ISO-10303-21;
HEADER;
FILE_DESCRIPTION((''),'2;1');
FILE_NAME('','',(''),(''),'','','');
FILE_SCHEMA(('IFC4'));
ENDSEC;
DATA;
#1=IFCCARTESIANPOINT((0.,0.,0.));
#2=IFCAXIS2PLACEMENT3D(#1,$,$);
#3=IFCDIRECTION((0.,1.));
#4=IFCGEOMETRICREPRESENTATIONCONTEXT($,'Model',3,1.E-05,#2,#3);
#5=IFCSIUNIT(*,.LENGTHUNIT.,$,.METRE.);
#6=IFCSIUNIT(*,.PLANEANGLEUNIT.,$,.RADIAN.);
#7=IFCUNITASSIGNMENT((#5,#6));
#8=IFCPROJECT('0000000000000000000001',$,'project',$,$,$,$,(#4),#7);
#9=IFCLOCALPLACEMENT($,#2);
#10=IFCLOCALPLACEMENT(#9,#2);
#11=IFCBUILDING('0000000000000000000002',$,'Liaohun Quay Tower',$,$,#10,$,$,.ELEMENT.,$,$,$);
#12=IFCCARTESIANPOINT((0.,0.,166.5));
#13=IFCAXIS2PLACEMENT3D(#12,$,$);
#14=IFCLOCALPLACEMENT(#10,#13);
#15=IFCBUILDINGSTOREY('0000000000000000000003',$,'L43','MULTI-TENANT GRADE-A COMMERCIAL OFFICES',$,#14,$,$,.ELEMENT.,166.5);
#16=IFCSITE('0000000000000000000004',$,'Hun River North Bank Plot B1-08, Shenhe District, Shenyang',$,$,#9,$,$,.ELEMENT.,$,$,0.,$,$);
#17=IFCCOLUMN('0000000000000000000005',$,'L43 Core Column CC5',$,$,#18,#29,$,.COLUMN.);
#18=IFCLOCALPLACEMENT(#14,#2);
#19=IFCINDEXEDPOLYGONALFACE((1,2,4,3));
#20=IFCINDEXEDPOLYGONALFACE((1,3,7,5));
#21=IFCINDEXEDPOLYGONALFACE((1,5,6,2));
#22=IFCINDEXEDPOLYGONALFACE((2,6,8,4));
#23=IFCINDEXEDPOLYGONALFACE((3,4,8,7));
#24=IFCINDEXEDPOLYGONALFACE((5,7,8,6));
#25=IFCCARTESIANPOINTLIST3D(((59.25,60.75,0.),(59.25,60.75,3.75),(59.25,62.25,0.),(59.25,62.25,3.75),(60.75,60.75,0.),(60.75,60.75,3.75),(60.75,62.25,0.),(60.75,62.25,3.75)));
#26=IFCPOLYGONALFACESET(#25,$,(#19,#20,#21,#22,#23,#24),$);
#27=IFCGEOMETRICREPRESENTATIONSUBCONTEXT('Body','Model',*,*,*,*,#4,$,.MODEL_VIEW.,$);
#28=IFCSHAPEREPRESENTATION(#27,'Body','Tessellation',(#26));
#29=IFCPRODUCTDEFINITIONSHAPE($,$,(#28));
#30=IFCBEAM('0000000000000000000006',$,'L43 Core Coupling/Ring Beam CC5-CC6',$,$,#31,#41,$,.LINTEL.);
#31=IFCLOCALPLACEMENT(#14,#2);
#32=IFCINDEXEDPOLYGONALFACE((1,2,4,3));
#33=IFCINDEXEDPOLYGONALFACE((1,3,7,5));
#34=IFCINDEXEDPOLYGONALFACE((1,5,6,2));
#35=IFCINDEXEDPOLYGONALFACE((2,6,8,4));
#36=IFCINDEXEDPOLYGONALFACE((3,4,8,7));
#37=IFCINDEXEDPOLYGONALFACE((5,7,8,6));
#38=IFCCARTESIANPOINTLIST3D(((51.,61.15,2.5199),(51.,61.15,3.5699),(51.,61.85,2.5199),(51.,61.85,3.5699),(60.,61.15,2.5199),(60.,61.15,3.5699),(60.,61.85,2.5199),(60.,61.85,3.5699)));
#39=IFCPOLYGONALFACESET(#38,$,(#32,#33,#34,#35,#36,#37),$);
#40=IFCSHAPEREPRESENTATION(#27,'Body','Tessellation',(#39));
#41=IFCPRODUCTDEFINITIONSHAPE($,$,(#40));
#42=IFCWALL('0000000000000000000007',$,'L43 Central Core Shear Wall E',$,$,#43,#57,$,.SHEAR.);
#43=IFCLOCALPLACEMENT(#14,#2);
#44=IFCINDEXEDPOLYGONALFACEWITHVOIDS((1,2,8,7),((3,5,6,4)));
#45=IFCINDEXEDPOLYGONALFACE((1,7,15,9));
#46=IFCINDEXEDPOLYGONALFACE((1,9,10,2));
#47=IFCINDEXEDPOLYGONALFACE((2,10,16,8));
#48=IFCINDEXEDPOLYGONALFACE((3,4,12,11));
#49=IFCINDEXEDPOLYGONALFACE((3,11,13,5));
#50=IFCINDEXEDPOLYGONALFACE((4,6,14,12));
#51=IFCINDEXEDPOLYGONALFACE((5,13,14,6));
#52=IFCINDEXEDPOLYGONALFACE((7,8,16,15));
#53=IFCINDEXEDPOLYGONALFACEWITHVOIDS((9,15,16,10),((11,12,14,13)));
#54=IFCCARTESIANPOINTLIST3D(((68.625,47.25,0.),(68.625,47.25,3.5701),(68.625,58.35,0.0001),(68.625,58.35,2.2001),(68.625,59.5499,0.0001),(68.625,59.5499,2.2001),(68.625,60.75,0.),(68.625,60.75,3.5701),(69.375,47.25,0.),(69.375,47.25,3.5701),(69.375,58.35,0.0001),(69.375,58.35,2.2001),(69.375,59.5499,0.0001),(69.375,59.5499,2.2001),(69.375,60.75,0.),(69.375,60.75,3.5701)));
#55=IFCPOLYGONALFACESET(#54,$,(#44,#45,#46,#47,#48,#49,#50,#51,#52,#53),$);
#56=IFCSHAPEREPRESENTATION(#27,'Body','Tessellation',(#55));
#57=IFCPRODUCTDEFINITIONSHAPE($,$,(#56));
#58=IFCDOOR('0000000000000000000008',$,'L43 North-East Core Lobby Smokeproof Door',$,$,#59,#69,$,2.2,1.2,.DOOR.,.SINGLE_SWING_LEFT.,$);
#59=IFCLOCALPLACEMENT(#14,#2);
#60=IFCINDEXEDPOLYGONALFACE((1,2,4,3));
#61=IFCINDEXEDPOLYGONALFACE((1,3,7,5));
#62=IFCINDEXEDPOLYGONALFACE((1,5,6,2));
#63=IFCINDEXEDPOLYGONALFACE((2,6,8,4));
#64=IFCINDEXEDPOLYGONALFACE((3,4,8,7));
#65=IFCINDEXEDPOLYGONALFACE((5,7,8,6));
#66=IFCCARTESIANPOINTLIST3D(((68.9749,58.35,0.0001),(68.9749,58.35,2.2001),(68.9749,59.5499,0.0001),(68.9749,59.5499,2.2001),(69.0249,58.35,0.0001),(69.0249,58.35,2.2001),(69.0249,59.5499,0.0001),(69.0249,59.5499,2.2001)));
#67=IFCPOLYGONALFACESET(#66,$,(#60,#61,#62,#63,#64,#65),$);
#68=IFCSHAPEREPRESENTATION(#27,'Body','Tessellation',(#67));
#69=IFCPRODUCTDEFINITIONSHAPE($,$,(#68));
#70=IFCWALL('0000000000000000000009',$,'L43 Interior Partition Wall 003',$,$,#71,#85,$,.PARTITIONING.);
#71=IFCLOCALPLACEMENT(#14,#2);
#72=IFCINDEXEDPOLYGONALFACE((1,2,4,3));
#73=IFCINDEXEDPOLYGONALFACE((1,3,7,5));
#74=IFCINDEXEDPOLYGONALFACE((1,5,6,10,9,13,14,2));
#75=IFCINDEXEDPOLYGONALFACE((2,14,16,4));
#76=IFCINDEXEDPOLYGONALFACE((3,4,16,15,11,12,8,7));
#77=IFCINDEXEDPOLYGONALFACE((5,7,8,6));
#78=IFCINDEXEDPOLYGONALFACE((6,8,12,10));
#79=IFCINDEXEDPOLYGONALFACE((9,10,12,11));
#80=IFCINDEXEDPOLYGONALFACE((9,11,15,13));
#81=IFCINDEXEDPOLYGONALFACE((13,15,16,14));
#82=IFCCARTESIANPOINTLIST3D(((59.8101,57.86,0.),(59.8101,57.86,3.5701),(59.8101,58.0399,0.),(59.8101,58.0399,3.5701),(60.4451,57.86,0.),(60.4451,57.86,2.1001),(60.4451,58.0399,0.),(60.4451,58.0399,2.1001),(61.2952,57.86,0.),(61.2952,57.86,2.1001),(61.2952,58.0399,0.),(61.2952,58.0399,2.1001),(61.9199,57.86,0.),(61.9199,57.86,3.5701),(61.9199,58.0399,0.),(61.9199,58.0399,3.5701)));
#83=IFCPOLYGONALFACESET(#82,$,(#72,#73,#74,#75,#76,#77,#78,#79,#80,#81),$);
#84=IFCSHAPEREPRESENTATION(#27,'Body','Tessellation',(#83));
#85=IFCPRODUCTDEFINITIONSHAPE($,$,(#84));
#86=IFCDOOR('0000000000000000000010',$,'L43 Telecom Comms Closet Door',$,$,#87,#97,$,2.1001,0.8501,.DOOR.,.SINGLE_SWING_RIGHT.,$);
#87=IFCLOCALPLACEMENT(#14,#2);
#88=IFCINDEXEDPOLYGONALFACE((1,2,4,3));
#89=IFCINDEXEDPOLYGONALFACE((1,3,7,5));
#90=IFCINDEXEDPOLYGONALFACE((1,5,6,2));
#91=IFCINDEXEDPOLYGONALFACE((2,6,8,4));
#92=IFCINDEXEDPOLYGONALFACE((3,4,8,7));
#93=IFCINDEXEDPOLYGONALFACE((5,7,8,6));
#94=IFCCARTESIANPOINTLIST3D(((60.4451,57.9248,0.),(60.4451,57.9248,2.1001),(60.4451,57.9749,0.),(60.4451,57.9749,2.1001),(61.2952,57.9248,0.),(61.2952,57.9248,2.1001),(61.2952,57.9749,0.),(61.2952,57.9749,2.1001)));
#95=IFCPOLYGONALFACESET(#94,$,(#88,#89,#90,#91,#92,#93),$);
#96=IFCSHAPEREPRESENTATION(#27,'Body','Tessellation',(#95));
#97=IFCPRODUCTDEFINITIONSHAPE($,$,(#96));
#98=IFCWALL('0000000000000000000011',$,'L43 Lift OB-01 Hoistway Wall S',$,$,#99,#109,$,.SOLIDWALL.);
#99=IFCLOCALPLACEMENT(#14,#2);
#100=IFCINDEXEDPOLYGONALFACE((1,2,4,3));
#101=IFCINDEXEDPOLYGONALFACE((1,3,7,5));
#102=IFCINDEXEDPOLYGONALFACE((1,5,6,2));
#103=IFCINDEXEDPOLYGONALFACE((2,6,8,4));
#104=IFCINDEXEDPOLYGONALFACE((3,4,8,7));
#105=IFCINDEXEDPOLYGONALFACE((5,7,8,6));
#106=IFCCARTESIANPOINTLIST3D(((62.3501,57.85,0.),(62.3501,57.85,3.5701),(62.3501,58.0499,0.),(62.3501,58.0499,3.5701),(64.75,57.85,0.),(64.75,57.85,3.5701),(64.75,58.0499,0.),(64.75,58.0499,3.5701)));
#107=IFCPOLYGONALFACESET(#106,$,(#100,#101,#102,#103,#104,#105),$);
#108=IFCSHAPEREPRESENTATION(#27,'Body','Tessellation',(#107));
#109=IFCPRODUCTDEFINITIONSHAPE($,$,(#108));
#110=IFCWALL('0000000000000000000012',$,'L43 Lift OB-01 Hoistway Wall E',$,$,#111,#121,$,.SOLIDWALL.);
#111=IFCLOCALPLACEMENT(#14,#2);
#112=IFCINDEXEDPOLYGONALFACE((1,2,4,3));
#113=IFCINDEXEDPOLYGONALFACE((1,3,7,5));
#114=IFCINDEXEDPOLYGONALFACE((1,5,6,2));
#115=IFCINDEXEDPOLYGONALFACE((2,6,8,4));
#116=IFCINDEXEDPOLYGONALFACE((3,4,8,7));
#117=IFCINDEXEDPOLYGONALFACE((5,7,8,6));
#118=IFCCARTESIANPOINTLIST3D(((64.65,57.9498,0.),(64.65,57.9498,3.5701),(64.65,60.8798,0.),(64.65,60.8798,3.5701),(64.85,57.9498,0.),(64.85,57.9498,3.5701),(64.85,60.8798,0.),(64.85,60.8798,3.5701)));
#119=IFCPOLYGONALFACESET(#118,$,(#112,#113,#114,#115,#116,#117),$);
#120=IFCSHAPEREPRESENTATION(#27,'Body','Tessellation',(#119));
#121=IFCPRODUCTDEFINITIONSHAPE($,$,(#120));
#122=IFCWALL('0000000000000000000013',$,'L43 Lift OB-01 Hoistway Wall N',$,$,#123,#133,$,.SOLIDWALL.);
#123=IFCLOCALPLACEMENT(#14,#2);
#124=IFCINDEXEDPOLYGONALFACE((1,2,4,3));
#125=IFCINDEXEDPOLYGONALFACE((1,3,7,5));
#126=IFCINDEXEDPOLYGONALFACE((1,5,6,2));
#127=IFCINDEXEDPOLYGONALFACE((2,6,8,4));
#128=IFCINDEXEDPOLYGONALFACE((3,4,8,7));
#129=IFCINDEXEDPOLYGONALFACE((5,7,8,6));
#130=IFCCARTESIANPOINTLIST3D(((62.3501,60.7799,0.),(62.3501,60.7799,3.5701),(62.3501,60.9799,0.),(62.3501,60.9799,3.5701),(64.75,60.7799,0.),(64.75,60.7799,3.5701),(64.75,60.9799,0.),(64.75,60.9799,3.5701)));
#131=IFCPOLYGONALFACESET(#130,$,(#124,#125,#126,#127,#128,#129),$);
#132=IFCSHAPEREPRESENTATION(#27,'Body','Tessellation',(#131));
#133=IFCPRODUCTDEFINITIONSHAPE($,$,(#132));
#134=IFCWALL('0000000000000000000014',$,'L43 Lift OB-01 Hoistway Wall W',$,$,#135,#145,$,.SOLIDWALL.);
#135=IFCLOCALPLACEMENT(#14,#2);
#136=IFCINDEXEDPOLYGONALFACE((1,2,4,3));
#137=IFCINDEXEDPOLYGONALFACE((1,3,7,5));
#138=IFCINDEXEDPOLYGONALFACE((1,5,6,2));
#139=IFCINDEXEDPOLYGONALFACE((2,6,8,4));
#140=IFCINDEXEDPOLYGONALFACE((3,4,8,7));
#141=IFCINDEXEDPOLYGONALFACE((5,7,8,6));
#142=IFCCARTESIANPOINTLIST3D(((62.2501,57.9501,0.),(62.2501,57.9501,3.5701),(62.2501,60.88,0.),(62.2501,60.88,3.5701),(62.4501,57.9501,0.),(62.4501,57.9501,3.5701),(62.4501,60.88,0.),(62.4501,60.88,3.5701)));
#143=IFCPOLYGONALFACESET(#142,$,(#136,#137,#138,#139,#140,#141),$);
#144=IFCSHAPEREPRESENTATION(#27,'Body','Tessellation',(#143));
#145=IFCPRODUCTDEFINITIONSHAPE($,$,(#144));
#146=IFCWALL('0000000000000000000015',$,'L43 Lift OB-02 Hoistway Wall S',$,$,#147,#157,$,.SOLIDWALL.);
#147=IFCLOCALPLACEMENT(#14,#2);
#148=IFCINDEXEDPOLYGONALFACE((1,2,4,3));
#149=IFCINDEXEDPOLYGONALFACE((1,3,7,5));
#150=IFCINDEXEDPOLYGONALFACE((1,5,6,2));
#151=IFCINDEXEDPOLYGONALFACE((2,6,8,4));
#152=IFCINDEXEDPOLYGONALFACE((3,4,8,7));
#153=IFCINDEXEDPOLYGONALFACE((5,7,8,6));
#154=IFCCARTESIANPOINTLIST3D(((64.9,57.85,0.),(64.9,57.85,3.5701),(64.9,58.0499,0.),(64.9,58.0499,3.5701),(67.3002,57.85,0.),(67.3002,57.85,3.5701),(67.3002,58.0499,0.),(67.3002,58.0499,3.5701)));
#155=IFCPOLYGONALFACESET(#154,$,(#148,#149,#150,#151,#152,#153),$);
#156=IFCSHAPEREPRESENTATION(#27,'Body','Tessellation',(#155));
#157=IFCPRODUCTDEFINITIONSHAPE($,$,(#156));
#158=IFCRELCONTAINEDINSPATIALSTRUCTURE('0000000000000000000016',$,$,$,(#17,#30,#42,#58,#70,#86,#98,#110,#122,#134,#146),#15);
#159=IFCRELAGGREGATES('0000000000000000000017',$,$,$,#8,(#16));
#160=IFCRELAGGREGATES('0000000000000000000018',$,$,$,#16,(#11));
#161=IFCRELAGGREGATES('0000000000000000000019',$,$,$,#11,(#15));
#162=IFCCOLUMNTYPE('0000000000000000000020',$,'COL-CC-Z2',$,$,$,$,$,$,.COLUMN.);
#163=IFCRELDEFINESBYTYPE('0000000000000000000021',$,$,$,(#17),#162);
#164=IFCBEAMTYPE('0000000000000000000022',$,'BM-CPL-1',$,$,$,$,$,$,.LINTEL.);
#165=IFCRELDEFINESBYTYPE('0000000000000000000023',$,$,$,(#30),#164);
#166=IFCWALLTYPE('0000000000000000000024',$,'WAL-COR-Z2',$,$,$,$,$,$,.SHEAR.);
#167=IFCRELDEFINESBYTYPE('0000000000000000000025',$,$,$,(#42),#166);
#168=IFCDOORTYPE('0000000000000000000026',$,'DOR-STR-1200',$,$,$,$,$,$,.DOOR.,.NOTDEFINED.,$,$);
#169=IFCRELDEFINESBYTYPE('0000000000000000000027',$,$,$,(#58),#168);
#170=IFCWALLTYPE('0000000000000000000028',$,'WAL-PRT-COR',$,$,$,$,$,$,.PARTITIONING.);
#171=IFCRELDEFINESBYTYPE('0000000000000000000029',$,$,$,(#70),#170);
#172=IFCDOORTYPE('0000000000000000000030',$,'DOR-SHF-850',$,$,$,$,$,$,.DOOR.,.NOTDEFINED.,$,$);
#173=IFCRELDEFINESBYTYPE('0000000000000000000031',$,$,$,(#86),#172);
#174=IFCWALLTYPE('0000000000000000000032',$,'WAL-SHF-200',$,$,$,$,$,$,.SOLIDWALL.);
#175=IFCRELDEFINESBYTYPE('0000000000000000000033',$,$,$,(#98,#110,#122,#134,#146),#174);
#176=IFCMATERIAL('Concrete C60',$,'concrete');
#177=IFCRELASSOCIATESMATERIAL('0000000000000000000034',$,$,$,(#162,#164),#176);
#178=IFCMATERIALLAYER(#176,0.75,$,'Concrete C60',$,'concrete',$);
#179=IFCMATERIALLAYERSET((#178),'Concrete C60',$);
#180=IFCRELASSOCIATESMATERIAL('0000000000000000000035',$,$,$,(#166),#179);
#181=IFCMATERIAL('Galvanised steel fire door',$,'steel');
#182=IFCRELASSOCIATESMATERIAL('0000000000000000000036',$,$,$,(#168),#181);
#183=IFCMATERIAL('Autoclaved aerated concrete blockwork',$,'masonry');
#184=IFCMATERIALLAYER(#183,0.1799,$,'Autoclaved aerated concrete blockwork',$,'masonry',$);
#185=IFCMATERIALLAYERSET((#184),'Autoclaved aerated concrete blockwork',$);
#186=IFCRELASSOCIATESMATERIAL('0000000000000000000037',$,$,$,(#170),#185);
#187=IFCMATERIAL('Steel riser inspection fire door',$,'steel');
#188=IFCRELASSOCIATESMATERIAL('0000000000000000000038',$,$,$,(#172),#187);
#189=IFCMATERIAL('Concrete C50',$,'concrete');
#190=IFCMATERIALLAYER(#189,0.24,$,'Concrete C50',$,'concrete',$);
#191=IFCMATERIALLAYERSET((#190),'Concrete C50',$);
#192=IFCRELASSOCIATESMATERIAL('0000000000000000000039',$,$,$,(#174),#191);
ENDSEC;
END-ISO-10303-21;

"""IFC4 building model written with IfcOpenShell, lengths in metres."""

from ifc_helpers import new_model, si_unit, direction, frame, frame_2d, origin, origin_2d, place, context, subcontext, project, spatial, rectangle, extrude, source, transform, mapped, material, layer, layer_set, material_profile, profile_set, type_object, element, fill, save


model = new_model("IFC4")

# Units and contexts
model_context = context("Model", 3, precision=1e-05, world=origin(), true_north=direction((0.0, 1.0)))
body_context = subcontext(model_context, "Body", "Model", "MODEL_VIEW")
ifc_project = project(units=[si_unit("LENGTHUNIT", "METRE"), si_unit("PLANEANGLEUNIT", "RADIAN")], contexts=[model_context])

# Site, building, storey
site_placement = place(None, origin())
site = spatial("IfcSite", under=ifc_project, at=site_placement, Name="Hun River North Bank Plot B1-08, Shenhe District, Shenyang", CompositionType="ELEMENT", RefElevation=0.0)
building_placement = place(site_placement, origin())
building = spatial("IfcBuilding", under=site, at=building_placement, Name="Liaohun Quay Tower", CompositionType="ELEMENT")
storey_placement = place(building_placement, frame((0.0, 0.0, 166.5)))
storey = spatial("IfcBuildingStorey", under=building, at=storey_placement, Name="L43", Description="MULTI-TENANT GRADE-A COMMERCIAL OFFICES", CompositionType="ELEMENT", Elevation=166.5)

# Column
ifc_material_1 = material(Name="Concrete C60", Category="concrete")
ifc_material_profile_1 = material_profile(ifc_material_1, rectangle(XDim=1.5, YDim=1.5, at=origin_2d()), Name="RC1500x1500")
ifc_profile_set_1 = profile_set([ifc_material_profile_1], Name="Concrete C60")
column_type = type_object("IfcColumnType", Name="COL-CC-Z2", PredefinedType="COLUMN", material=ifc_profile_set_1)
shared_shape_1 = source(origin(), body_context, "Body", "SweptSolid", [
    extrude(rectangle(XDim=1.5, YDim=1.5, at=origin_2d()), origin(), (0.0, 0.0, 1.0), 3.75),
])
column_placement = place(storey_placement, frame((60.0, 61.5, 0.0), z_axis=(0.0, 0.0, 1.0), x_axis=(1.0, 0.0, 0.0)))
element("IfcColumn", 1, at=column_placement, inside=storey, type_object=column_type, Name="L43 Core Column CC5", PredefinedType="COLUMN", context=body_context, shape_type="MappedRepresentation", body=[
    mapped(shared_shape_1, transform((0.0, 0.0, 0.0), x_axis=(1.0, 0.0, 0.0), y_axis=(0.0, 1.0, 0.0), z_axis=(0.0, 0.0, 1.0), scale=1.0)),
])

# Beam
ifc_material_profile_2 = material_profile(ifc_material_1, rectangle(XDim=0.7, YDim=1.05, at=origin_2d()), Name="RC700x1050")
ifc_profile_set_2 = profile_set([ifc_material_profile_2], Name="Concrete C60")
beam_type = type_object("IfcBeamType", Name="BM-CPL-1", PredefinedType="LINTEL", material=ifc_profile_set_2)
shared_shape_2 = source(origin(), body_context, "Body", "SweptSolid", [
    extrude(rectangle(XDim=0.7, YDim=1.05, at=origin_2d()), origin(), (0.0, 0.0, 1.0), 9.0),
])
beam_placement = place(storey_placement, frame((60.0, 61.5, 3.0449), z_axis=(-1.0, 0.0, 0.0), x_axis=(0.0, -1.0, 0.0)))
element("IfcBeam", 2, at=beam_placement, inside=storey, type_object=beam_type, Name="L43 Core Coupling/Ring Beam CC5-CC6", PredefinedType="LINTEL", context=body_context, shape_type="MappedRepresentation", body=[
    mapped(shared_shape_2, transform((0.0, 0.0, 0.0), x_axis=(1.0, 0.0, 0.0), y_axis=(0.0, 1.0, 0.0), z_axis=(0.0, 0.0, 1.0), scale=1.0)),
])

# Walls, openings, doors
ifc_layer_1 = layer(ifc_material_1, 0.75, Name="Concrete C60", Category="concrete")
ifc_layer_set_1 = layer_set([ifc_layer_1], Name="Concrete C60")
wall_type_1 = type_object("IfcWallType", Name="WAL-COR-Z2", PredefinedType="SHEAR", material=ifc_layer_set_1)
wall_1_placement = place(storey_placement, frame((69.0, 60.75, 0.0), z_axis=(0.0, 0.0, 1.0), x_axis=(0.0, -1.0, 0.0)))
wall_1 = element("IfcWall", 3, at=wall_1_placement, inside=storey, type_object=wall_type_1, Name="L43 Central Core Shear Wall E", PredefinedType="SHEAR", context=body_context, shape_type="SweptSolid", body=[
    extrude(rectangle(XDim=13.5, YDim=0.75, at=frame_2d((6.75, 0.0))), origin(), (0.0, 0.0, 1.0), 3.5701),
])
shared_shape_3 = source(origin(), body_context, "Body", "SweptSolid", [
    extrude(rectangle(XDim=1.2, YDim=2.2, at=frame_2d((0.6001, 1.1001))), frame((0.0, 0.385, 0.0), z_axis=(0.0, -1.0, 0.0), x_axis=(1.0, 0.0, 0.0)), (0.0, 0.0, 1.0), 0.77),
])
opening_1_placement = place(wall_1_placement, frame((1.2, 0.0, 0.0)))
opening_1 = element("IfcOpeningElement", 4, at=opening_1_placement, cuts=wall_1, PredefinedType="OPENING", context=body_context, shape_type="MappedRepresentation", body=[
    mapped(shared_shape_3, transform((0.0, 0.0, 0.0), x_axis=(1.0, 0.0, 0.0), y_axis=(0.0, 1.0, 0.0), z_axis=(0.0, 0.0, 1.0), scale=1.0)),
])
ifc_material_2 = material(Name="Galvanised steel fire door", Category="steel")
door_type_1 = type_object("IfcDoorType", Name="DOR-STR-1200", OperationType="NOTDEFINED", PredefinedType="DOOR", material=ifc_material_2)
shared_shape_4 = source(origin(), body_context, "Body", "SweptSolid", [
    extrude(rectangle(XDim=1.2, YDim=2.2, at=frame_2d((0.6001, 1.1001))), frame((0.0, 0.0249, 0.0), z_axis=(0.0, -1.0, 0.0), x_axis=(1.0, 0.0, 0.0)), (0.0, 0.0, 1.0), 0.05),
])
door_1_placement = place(opening_1_placement, origin())
door_1 = element("IfcDoor", 5, at=door_1_placement, inside=storey, type_object=door_type_1, Name="L43 North-East Core Lobby Smokeproof Door", OperationType="SINGLE_SWING_LEFT", OverallHeight=2.2, OverallWidth=1.2, PredefinedType="DOOR", context=body_context, shape_type="MappedRepresentation", body=[
    mapped(shared_shape_4, transform((0.0, 0.0, 0.0), x_axis=(1.0, 0.0, 0.0), y_axis=(0.0, 1.0, 0.0), z_axis=(0.0, 0.0, 1.0), scale=1.0)),
])
fill(opening_1, door_1)
ifc_material_3 = material(Name="Autoclaved aerated concrete blockwork", Category="masonry")
ifc_layer_2 = layer(ifc_material_3, 0.1799, Name="Autoclaved aerated concrete blockwork", Category="masonry")
ifc_layer_set_2 = layer_set([ifc_layer_2], Name="Autoclaved aerated concrete blockwork")
wall_type_2 = type_object("IfcWallType", Name="WAL-PRT-COR", PredefinedType="PARTITIONING", material=ifc_layer_set_2)
wall_2_placement = place(storey_placement, frame((59.8101, 57.95, 0.0), z_axis=(0.0, 0.0, 1.0), x_axis=(1.0, 0.0, 0.0)))
wall_2 = element("IfcWall", 6, at=wall_2_placement, inside=storey, type_object=wall_type_2, Name="L43 Interior Partition Wall 003", PredefinedType="PARTITIONING", context=body_context, shape_type="SweptSolid", body=[
    extrude(rectangle(XDim=2.1099, YDim=0.1799, at=frame_2d((1.0549, 0.0))), origin(), (0.0, 0.0, 1.0), 3.5701),
])
shared_shape_5 = source(origin(), body_context, "Body", "SweptSolid", [
    extrude(rectangle(XDim=0.8501, YDim=2.1001, at=frame_2d((0.425, 1.05))), frame((0.0, 0.0999, 0.0), z_axis=(0.0, -1.0, 0.0), x_axis=(1.0, 0.0, 0.0)), (0.0, 0.0, 1.0), 0.2),
])
opening_2_placement = place(wall_2_placement, frame((0.635, 0.0, 0.0)))
opening_2 = element("IfcOpeningElement", 7, at=opening_2_placement, cuts=wall_2, PredefinedType="OPENING", context=body_context, shape_type="MappedRepresentation", body=[
    mapped(shared_shape_5, transform((0.0, 0.0, 0.0), x_axis=(1.0, 0.0, 0.0), y_axis=(0.0, 1.0, 0.0), z_axis=(0.0, 0.0, 1.0), scale=1.0)),
])
ifc_material_4 = material(Name="Steel riser inspection fire door", Category="steel")
door_type_2 = type_object("IfcDoorType", Name="DOR-SHF-850", OperationType="NOTDEFINED", PredefinedType="DOOR", material=ifc_material_4)
shared_shape_6 = source(origin(), body_context, "Body", "SweptSolid", [
    extrude(rectangle(XDim=0.8501, YDim=2.1001, at=frame_2d((0.425, 1.05))), frame((0.0, 0.0249, 0.0), z_axis=(0.0, -1.0, 0.0), x_axis=(1.0, 0.0, 0.0)), (0.0, 0.0, 1.0), 0.05),
])
door_2_placement = place(opening_2_placement, origin())
door_2 = element("IfcDoor", 8, at=door_2_placement, inside=storey, type_object=door_type_2, Name="L43 Telecom Comms Closet Door", OperationType="SINGLE_SWING_RIGHT", OverallHeight=2.1001, OverallWidth=0.8501, PredefinedType="DOOR", context=body_context, shape_type="MappedRepresentation", body=[
    mapped(shared_shape_6, transform((0.0, 0.0, 0.0), x_axis=(1.0, 0.0, 0.0), y_axis=(0.0, 1.0, 0.0), z_axis=(0.0, 0.0, 1.0), scale=1.0)),
])
fill(opening_2, door_2)

# Walls
ifc_material_5 = material(Name="Concrete C50", Category="concrete")
ifc_layer_3 = layer(ifc_material_5, 0.24, Name="Concrete C50", Category="concrete")
ifc_layer_set_3 = layer_set([ifc_layer_3], Name="Concrete C50")
wall_type_3 = type_object("IfcWallType", Name="WAL-SHF-200", PredefinedType="SOLIDWALL", material=ifc_layer_set_3)
wall_3_placement = place(storey_placement, frame((62.3501, 57.95, 0.0), z_axis=(0.0, 0.0, 1.0), x_axis=(1.0, 0.0, 0.0)))
element("IfcWall", 9, at=wall_3_placement, inside=storey, type_object=wall_type_3, Name="L43 Lift OB-01 Hoistway Wall S", PredefinedType="SOLIDWALL", context=body_context, shape_type="SweptSolid", body=[
    extrude(rectangle(XDim=2.3999, YDim=0.2, at=frame_2d((1.2, 0.0))), origin(), (0.0, 0.0, 1.0), 3.5701),
])
wall_4_placement = place(storey_placement, frame((64.75, 57.95, 0.0), z_axis=(0.0, 0.0, 1.0), x_axis=(0.0, 1.0, 0.0)))
element("IfcWall", 10, at=wall_4_placement, inside=storey, type_object=wall_type_3, Name="L43 Lift OB-01 Hoistway Wall E", PredefinedType="SOLIDWALL", context=body_context, shape_type="SweptSolid", body=[
    extrude(rectangle(XDim=2.9299, YDim=0.2, at=frame_2d((1.4648, 0.0))), origin(), (0.0, 0.0, 1.0), 3.5701),
])
wall_5_placement = place(storey_placement, frame((64.75, 60.8799, 0.0), z_axis=(0.0, 0.0, 1.0), x_axis=(-1.0, 0.0, 0.0)))
element("IfcWall", 11, at=wall_5_placement, inside=storey, type_object=wall_type_3, Name="L43 Lift OB-01 Hoistway Wall N", PredefinedType="SOLIDWALL", context=body_context, shape_type="SweptSolid", body=[
    extrude(rectangle(XDim=2.3999, YDim=0.2, at=frame_2d((1.2, 0.0))), origin(), (0.0, 0.0, 1.0), 3.5701),
])
wall_6_placement = place(storey_placement, frame((62.3501, 60.8799, 0.0), z_axis=(0.0, 0.0, 1.0), x_axis=(0.0, -1.0, 0.0)))
element("IfcWall", 12, at=wall_6_placement, inside=storey, type_object=wall_type_3, Name="L43 Lift OB-01 Hoistway Wall W", PredefinedType="SOLIDWALL", context=body_context, shape_type="SweptSolid", body=[
    extrude(rectangle(XDim=2.9299, YDim=0.2, at=frame_2d((1.4648, 0.0))), origin(), (0.0, 0.0, 1.0), 3.5701),
])
wall_7_placement = place(storey_placement, frame((64.8999, 57.95, 0.0), z_axis=(0.0, 0.0, 1.0), x_axis=(1.0, 0.0, 0.0)))
element("IfcWall", 13, at=wall_7_placement, inside=storey, type_object=wall_type_3, Name="L43 Lift OB-02 Hoistway Wall S", PredefinedType="SOLIDWALL", context=body_context, shape_type="SweptSolid", body=[
    extrude(rectangle(XDim=2.4001, YDim=0.2, at=frame_2d((1.2002, 0.0))), origin(), (0.0, 0.0, 1.0), 3.5701),
])

save(model, "model.ifc")
